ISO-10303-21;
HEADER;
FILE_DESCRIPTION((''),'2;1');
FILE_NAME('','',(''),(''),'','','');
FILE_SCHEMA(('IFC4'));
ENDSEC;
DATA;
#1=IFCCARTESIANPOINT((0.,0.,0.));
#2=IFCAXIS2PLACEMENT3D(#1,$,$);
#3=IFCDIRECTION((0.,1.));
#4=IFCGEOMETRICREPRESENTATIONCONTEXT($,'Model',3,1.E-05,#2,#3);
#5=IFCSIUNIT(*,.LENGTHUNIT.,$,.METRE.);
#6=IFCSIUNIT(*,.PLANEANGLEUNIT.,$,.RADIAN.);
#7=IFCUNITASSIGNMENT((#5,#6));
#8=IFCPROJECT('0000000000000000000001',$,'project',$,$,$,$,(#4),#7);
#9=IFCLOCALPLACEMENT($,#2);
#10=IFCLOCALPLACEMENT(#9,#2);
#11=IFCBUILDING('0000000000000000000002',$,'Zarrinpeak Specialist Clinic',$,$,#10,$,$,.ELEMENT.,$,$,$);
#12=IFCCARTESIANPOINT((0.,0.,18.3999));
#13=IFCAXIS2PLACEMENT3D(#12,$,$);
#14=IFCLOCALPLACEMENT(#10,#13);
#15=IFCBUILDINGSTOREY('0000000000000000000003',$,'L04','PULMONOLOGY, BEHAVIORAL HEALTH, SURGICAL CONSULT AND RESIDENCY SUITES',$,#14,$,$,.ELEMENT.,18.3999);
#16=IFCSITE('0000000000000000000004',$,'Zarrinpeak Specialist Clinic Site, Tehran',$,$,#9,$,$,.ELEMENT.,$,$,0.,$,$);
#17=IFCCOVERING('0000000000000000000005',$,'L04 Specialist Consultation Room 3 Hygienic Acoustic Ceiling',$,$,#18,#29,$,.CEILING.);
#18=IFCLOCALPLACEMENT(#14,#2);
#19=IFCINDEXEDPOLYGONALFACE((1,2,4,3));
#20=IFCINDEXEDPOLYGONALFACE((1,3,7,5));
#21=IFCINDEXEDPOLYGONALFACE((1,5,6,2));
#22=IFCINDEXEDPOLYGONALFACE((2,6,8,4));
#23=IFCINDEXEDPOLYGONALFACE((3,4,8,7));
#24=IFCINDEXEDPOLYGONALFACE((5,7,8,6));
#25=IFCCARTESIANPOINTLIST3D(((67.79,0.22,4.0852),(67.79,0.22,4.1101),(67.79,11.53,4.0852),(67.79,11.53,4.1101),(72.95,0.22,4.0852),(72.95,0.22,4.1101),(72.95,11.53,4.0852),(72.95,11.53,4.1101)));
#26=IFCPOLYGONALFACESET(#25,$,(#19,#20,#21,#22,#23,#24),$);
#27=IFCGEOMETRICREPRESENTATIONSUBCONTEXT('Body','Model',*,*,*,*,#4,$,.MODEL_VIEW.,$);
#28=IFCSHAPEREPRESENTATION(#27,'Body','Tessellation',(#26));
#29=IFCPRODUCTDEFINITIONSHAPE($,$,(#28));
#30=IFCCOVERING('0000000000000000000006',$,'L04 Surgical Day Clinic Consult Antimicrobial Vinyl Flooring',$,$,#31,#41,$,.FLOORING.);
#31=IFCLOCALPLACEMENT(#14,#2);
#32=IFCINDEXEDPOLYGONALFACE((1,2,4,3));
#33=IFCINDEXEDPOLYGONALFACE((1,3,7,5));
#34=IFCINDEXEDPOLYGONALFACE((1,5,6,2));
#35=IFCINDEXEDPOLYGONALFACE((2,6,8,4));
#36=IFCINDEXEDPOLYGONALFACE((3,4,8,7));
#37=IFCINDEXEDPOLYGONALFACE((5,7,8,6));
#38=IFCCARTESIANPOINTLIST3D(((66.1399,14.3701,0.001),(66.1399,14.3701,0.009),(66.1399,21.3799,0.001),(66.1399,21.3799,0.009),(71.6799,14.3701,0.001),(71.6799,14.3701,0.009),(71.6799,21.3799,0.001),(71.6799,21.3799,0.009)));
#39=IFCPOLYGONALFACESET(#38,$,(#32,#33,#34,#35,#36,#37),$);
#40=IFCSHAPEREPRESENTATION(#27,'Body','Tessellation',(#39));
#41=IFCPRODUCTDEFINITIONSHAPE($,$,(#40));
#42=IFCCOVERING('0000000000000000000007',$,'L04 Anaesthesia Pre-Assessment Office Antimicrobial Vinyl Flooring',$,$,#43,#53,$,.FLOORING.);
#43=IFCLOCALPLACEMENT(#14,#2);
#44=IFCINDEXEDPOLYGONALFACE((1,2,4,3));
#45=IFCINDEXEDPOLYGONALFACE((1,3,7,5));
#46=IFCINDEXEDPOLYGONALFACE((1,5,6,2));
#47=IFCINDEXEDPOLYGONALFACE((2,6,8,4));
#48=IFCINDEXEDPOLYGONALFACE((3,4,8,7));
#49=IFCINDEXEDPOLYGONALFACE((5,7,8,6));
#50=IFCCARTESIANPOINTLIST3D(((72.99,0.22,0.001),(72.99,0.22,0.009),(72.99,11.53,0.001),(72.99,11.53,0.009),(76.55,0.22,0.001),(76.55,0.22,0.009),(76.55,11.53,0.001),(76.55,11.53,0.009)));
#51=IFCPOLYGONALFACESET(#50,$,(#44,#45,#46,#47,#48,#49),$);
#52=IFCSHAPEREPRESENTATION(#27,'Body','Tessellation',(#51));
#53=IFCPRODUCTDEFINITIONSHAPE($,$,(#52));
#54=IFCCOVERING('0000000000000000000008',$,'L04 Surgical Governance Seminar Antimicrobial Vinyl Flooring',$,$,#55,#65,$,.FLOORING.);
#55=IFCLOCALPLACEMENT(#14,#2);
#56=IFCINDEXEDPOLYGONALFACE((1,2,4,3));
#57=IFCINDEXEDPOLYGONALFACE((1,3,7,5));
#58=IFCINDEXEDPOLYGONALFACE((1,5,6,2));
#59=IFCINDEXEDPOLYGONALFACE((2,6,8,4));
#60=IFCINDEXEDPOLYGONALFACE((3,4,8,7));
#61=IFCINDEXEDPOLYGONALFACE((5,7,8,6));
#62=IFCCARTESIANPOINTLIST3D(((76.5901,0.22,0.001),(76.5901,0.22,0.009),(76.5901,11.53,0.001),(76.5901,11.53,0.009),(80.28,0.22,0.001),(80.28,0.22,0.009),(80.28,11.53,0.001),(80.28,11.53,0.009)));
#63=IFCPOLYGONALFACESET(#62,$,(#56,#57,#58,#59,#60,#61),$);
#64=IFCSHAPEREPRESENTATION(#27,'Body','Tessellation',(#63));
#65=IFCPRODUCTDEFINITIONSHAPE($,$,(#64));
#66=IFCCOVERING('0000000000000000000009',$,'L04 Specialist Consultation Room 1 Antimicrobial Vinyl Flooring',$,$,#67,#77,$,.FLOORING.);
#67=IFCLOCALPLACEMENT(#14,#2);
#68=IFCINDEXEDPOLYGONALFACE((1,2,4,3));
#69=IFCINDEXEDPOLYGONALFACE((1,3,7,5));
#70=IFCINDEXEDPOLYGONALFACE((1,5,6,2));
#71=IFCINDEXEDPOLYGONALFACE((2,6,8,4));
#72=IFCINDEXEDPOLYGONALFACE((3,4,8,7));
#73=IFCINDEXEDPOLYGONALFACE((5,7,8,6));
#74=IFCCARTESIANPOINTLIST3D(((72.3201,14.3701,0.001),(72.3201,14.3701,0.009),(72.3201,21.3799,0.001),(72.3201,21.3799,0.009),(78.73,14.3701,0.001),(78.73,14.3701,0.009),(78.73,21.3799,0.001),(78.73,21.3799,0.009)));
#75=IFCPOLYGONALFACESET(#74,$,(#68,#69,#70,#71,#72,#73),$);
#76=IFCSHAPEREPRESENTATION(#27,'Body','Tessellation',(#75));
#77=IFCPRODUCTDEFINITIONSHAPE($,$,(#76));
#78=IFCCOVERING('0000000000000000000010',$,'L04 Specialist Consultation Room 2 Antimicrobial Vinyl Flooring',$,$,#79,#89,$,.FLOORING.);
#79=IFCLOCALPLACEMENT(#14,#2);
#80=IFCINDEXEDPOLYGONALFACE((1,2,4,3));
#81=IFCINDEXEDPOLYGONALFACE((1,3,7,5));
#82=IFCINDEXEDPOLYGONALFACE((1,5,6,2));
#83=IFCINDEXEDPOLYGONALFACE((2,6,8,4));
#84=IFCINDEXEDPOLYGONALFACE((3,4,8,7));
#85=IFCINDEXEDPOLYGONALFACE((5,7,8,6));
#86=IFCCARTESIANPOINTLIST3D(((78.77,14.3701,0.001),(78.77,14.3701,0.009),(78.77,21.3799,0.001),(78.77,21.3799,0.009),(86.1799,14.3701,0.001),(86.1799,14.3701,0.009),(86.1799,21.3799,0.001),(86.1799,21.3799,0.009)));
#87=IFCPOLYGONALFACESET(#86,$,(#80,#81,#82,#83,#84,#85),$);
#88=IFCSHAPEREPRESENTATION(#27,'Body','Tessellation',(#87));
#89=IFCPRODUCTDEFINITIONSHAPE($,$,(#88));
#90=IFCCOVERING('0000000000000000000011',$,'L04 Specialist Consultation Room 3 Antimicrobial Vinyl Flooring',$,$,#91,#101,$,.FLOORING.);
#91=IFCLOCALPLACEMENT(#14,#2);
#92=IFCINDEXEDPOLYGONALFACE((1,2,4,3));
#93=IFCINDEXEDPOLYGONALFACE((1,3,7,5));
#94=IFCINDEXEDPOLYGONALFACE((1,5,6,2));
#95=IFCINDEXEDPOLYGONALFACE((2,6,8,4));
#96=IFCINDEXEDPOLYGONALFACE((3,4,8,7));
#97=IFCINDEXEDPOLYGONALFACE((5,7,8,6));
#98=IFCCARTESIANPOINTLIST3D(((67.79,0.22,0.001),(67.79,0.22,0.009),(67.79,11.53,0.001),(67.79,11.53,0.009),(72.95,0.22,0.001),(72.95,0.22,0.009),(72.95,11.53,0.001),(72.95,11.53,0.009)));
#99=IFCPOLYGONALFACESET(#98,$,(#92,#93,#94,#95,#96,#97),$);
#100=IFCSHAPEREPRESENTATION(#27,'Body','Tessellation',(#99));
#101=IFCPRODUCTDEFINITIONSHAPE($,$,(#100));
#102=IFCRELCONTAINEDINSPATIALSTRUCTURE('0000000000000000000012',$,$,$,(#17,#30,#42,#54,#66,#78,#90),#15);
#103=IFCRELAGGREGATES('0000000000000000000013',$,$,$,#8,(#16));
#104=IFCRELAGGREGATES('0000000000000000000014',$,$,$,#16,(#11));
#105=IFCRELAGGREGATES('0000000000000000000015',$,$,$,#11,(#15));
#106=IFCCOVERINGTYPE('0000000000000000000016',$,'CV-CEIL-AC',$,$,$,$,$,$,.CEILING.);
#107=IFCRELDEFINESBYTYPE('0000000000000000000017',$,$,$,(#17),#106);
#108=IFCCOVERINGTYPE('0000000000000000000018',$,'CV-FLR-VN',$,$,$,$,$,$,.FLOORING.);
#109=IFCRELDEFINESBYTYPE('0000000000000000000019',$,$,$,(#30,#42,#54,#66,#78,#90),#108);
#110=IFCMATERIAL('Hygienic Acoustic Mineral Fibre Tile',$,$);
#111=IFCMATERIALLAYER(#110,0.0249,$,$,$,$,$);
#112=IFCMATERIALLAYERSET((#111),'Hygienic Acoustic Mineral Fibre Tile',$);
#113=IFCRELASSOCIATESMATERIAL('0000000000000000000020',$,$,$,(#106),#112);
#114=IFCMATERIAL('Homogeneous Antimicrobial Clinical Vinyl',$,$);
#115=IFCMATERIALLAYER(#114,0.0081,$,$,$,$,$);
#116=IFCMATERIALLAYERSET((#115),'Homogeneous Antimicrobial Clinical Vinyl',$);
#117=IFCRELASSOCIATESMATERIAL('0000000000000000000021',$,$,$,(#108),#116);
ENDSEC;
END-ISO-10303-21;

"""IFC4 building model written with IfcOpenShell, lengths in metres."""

from ifc_helpers import new_model, si_unit, direction, frame, origin, place, context, subcontext, project, spatial, polyline, outline, extrude, material, layer, layer_set, type_object, element, save


model = new_model("IFC4")

# Units and contexts
model_context = context("Model", 3, precision=1e-05, world=origin(), true_north=direction((0.0, 1.0)))
body_context = subcontext(model_context, "Body", "Model", "MODEL_VIEW")
ifc_project = project(units=[si_unit("LENGTHUNIT", "METRE"), si_unit("PLANEANGLEUNIT", "RADIAN")], contexts=[model_context])

# Site, building, storey
site_placement = place(None, origin())
site = spatial("IfcSite", under=ifc_project, at=site_placement, Name="Zarrinpeak Specialist Clinic Site, Tehran", CompositionType="ELEMENT", RefElevation=0.0)
building_placement = place(site_placement, origin())
building = spatial("IfcBuilding", under=site, at=building_placement, Name="Zarrinpeak Specialist Clinic", CompositionType="ELEMENT")
storey_placement = place(building_placement, frame((0.0, 0.0, 18.3999)))
storey = spatial("IfcBuildingStorey", under=building, at=storey_placement, Name="L04", Description="PULMONOLOGY, BEHAVIORAL HEALTH, SURGICAL CONSULT AND RESIDENCY SUITES", CompositionType="ELEMENT", Elevation=18.3999)

# Coverings
ifc_material_1 = material(Name="Hygienic Acoustic Mineral Fibre Tile")
ifc_layer_1 = layer(ifc_material_1, 0.0249)
ifc_layer_set_1 = layer_set([ifc_layer_1], Name="Hygienic Acoustic Mineral Fibre Tile")
covering_type_1 = type_object("IfcCoveringType", Name="CV-CEIL-AC", PredefinedType="CEILING", material=ifc_layer_set_1)
covering_1_placement = place(storey_placement, frame((0.0, 0.0, 4.0852)))
element("IfcCovering", 1, at=covering_1_placement, inside=storey, type_object=covering_type_1, Name="L04 Specialist Consultation Room 3 Hygienic Acoustic Ceiling", PredefinedType="CEILING", context=body_context, shape_type="SweptSolid", body=[
    extrude(outline(polyline([(67.79, 0.22), (72.95, 0.22), (72.95, 11.53), (67.79, 11.53), (67.79, 0.22)])), origin(), (0.0, 0.0, 1.0), 0.0249),
])
ifc_material_2 = material(Name="Homogeneous Antimicrobial Clinical Vinyl")
ifc_layer_2 = layer(ifc_material_2, 0.0081)
ifc_layer_set_2 = layer_set([ifc_layer_2], Name="Homogeneous Antimicrobial Clinical Vinyl")
covering_type_2 = type_object("IfcCoveringType", Name="CV-FLR-VN", PredefinedType="FLOORING", material=ifc_layer_set_2)
covering_2_placement = place(storey_placement, frame((0.0, 0.0, 0.001)))
element("IfcCovering", 2, at=covering_2_placement, inside=storey, type_object=covering_type_2, Name="L04 Surgical Day Clinic Consult Antimicrobial Vinyl Flooring", PredefinedType="FLOORING", context=body_context, shape_type="SweptSolid", body=[
    extrude(outline(polyline([(66.1399, 14.3701), (71.6799, 14.3701), (71.6799, 21.3799), (66.1399, 21.3799), (66.1399, 14.3701)])), origin(), (0.0, 0.0, 1.0), 0.0081),
])
covering_3_placement = place(storey_placement, frame((0.0, 0.0, 0.001)))
element("IfcCovering", 3, at=covering_3_placement, inside=storey, type_object=covering_type_2, Name="L04 Anaesthesia Pre-Assessment Office Antimicrobial Vinyl Flooring", PredefinedType="FLOORING", context=body_context, shape_type="SweptSolid", body=[
    extrude(outline(polyline([(72.99, 0.22), (76.55, 0.22), (76.55, 11.53), (72.99, 11.53), (72.99, 0.22)])), origin(), (0.0, 0.0, 1.0), 0.0081),
])
covering_4_placement = place(storey_placement, frame((0.0, 0.0, 0.001)))
element("IfcCovering", 4, at=covering_4_placement, inside=storey, type_object=covering_type_2, Name="L04 Surgical Governance Seminar Antimicrobial Vinyl Flooring", PredefinedType="FLOORING", context=body_context, shape_type="SweptSolid", body=[
    extrude(outline(polyline([(76.5901, 0.22), (80.28, 0.22), (80.28, 11.53), (76.5901, 11.53), (76.5901, 0.22)])), origin(), (0.0, 0.0, 1.0), 0.0081),
])
covering_5_placement = place(storey_placement, frame((0.0, 0.0, 0.001)))
element("IfcCovering", 5, at=covering_5_placement, inside=storey, type_object=covering_type_2, Name="L04 Specialist Consultation Room 1 Antimicrobial Vinyl Flooring", PredefinedType="FLOORING", context=body_context, shape_type="SweptSolid", body=[
    extrude(outline(polyline([(72.3201, 14.3701), (78.73, 14.3701), (78.73, 21.3799), (72.3201, 21.3799), (72.3201, 14.3701)])), origin(), (0.0, 0.0, 1.0), 0.0081),
])
covering_6_placement = place(storey_placement, frame((0.0, 0.0, 0.001)))
element("IfcCovering", 6, at=covering_6_placement, inside=storey, type_object=covering_type_2, Name="L04 Specialist Consultation Room 2 Antimicrobial Vinyl Flooring", PredefinedType="FLOORING", context=body_context, shape_type="SweptSolid", body=[
    extrude(outline(polyline([(78.77, 14.3701), (86.1799, 14.3701), (86.1799, 21.3799), (78.77, 21.3799), (78.77, 14.3701)])), origin(), (0.0, 0.0, 1.0), 0.0081),
])
covering_7_placement = place(storey_placement, frame((0.0, 0.0, 0.001)))
element("IfcCovering", 7, at=covering_7_placement, inside=storey, type_object=covering_type_2, Name="L04 Specialist Consultation Room 3 Antimicrobial Vinyl Flooring", PredefinedType="FLOORING", context=body_context, shape_type="SweptSolid", body=[
    extrude(outline(polyline([(67.79, 0.22), (72.95, 0.22), (72.95, 11.53), (67.79, 11.53), (67.79, 0.22)])), origin(), (0.0, 0.0, 1.0), 0.0081),
])

save(model, "model.ifc")
